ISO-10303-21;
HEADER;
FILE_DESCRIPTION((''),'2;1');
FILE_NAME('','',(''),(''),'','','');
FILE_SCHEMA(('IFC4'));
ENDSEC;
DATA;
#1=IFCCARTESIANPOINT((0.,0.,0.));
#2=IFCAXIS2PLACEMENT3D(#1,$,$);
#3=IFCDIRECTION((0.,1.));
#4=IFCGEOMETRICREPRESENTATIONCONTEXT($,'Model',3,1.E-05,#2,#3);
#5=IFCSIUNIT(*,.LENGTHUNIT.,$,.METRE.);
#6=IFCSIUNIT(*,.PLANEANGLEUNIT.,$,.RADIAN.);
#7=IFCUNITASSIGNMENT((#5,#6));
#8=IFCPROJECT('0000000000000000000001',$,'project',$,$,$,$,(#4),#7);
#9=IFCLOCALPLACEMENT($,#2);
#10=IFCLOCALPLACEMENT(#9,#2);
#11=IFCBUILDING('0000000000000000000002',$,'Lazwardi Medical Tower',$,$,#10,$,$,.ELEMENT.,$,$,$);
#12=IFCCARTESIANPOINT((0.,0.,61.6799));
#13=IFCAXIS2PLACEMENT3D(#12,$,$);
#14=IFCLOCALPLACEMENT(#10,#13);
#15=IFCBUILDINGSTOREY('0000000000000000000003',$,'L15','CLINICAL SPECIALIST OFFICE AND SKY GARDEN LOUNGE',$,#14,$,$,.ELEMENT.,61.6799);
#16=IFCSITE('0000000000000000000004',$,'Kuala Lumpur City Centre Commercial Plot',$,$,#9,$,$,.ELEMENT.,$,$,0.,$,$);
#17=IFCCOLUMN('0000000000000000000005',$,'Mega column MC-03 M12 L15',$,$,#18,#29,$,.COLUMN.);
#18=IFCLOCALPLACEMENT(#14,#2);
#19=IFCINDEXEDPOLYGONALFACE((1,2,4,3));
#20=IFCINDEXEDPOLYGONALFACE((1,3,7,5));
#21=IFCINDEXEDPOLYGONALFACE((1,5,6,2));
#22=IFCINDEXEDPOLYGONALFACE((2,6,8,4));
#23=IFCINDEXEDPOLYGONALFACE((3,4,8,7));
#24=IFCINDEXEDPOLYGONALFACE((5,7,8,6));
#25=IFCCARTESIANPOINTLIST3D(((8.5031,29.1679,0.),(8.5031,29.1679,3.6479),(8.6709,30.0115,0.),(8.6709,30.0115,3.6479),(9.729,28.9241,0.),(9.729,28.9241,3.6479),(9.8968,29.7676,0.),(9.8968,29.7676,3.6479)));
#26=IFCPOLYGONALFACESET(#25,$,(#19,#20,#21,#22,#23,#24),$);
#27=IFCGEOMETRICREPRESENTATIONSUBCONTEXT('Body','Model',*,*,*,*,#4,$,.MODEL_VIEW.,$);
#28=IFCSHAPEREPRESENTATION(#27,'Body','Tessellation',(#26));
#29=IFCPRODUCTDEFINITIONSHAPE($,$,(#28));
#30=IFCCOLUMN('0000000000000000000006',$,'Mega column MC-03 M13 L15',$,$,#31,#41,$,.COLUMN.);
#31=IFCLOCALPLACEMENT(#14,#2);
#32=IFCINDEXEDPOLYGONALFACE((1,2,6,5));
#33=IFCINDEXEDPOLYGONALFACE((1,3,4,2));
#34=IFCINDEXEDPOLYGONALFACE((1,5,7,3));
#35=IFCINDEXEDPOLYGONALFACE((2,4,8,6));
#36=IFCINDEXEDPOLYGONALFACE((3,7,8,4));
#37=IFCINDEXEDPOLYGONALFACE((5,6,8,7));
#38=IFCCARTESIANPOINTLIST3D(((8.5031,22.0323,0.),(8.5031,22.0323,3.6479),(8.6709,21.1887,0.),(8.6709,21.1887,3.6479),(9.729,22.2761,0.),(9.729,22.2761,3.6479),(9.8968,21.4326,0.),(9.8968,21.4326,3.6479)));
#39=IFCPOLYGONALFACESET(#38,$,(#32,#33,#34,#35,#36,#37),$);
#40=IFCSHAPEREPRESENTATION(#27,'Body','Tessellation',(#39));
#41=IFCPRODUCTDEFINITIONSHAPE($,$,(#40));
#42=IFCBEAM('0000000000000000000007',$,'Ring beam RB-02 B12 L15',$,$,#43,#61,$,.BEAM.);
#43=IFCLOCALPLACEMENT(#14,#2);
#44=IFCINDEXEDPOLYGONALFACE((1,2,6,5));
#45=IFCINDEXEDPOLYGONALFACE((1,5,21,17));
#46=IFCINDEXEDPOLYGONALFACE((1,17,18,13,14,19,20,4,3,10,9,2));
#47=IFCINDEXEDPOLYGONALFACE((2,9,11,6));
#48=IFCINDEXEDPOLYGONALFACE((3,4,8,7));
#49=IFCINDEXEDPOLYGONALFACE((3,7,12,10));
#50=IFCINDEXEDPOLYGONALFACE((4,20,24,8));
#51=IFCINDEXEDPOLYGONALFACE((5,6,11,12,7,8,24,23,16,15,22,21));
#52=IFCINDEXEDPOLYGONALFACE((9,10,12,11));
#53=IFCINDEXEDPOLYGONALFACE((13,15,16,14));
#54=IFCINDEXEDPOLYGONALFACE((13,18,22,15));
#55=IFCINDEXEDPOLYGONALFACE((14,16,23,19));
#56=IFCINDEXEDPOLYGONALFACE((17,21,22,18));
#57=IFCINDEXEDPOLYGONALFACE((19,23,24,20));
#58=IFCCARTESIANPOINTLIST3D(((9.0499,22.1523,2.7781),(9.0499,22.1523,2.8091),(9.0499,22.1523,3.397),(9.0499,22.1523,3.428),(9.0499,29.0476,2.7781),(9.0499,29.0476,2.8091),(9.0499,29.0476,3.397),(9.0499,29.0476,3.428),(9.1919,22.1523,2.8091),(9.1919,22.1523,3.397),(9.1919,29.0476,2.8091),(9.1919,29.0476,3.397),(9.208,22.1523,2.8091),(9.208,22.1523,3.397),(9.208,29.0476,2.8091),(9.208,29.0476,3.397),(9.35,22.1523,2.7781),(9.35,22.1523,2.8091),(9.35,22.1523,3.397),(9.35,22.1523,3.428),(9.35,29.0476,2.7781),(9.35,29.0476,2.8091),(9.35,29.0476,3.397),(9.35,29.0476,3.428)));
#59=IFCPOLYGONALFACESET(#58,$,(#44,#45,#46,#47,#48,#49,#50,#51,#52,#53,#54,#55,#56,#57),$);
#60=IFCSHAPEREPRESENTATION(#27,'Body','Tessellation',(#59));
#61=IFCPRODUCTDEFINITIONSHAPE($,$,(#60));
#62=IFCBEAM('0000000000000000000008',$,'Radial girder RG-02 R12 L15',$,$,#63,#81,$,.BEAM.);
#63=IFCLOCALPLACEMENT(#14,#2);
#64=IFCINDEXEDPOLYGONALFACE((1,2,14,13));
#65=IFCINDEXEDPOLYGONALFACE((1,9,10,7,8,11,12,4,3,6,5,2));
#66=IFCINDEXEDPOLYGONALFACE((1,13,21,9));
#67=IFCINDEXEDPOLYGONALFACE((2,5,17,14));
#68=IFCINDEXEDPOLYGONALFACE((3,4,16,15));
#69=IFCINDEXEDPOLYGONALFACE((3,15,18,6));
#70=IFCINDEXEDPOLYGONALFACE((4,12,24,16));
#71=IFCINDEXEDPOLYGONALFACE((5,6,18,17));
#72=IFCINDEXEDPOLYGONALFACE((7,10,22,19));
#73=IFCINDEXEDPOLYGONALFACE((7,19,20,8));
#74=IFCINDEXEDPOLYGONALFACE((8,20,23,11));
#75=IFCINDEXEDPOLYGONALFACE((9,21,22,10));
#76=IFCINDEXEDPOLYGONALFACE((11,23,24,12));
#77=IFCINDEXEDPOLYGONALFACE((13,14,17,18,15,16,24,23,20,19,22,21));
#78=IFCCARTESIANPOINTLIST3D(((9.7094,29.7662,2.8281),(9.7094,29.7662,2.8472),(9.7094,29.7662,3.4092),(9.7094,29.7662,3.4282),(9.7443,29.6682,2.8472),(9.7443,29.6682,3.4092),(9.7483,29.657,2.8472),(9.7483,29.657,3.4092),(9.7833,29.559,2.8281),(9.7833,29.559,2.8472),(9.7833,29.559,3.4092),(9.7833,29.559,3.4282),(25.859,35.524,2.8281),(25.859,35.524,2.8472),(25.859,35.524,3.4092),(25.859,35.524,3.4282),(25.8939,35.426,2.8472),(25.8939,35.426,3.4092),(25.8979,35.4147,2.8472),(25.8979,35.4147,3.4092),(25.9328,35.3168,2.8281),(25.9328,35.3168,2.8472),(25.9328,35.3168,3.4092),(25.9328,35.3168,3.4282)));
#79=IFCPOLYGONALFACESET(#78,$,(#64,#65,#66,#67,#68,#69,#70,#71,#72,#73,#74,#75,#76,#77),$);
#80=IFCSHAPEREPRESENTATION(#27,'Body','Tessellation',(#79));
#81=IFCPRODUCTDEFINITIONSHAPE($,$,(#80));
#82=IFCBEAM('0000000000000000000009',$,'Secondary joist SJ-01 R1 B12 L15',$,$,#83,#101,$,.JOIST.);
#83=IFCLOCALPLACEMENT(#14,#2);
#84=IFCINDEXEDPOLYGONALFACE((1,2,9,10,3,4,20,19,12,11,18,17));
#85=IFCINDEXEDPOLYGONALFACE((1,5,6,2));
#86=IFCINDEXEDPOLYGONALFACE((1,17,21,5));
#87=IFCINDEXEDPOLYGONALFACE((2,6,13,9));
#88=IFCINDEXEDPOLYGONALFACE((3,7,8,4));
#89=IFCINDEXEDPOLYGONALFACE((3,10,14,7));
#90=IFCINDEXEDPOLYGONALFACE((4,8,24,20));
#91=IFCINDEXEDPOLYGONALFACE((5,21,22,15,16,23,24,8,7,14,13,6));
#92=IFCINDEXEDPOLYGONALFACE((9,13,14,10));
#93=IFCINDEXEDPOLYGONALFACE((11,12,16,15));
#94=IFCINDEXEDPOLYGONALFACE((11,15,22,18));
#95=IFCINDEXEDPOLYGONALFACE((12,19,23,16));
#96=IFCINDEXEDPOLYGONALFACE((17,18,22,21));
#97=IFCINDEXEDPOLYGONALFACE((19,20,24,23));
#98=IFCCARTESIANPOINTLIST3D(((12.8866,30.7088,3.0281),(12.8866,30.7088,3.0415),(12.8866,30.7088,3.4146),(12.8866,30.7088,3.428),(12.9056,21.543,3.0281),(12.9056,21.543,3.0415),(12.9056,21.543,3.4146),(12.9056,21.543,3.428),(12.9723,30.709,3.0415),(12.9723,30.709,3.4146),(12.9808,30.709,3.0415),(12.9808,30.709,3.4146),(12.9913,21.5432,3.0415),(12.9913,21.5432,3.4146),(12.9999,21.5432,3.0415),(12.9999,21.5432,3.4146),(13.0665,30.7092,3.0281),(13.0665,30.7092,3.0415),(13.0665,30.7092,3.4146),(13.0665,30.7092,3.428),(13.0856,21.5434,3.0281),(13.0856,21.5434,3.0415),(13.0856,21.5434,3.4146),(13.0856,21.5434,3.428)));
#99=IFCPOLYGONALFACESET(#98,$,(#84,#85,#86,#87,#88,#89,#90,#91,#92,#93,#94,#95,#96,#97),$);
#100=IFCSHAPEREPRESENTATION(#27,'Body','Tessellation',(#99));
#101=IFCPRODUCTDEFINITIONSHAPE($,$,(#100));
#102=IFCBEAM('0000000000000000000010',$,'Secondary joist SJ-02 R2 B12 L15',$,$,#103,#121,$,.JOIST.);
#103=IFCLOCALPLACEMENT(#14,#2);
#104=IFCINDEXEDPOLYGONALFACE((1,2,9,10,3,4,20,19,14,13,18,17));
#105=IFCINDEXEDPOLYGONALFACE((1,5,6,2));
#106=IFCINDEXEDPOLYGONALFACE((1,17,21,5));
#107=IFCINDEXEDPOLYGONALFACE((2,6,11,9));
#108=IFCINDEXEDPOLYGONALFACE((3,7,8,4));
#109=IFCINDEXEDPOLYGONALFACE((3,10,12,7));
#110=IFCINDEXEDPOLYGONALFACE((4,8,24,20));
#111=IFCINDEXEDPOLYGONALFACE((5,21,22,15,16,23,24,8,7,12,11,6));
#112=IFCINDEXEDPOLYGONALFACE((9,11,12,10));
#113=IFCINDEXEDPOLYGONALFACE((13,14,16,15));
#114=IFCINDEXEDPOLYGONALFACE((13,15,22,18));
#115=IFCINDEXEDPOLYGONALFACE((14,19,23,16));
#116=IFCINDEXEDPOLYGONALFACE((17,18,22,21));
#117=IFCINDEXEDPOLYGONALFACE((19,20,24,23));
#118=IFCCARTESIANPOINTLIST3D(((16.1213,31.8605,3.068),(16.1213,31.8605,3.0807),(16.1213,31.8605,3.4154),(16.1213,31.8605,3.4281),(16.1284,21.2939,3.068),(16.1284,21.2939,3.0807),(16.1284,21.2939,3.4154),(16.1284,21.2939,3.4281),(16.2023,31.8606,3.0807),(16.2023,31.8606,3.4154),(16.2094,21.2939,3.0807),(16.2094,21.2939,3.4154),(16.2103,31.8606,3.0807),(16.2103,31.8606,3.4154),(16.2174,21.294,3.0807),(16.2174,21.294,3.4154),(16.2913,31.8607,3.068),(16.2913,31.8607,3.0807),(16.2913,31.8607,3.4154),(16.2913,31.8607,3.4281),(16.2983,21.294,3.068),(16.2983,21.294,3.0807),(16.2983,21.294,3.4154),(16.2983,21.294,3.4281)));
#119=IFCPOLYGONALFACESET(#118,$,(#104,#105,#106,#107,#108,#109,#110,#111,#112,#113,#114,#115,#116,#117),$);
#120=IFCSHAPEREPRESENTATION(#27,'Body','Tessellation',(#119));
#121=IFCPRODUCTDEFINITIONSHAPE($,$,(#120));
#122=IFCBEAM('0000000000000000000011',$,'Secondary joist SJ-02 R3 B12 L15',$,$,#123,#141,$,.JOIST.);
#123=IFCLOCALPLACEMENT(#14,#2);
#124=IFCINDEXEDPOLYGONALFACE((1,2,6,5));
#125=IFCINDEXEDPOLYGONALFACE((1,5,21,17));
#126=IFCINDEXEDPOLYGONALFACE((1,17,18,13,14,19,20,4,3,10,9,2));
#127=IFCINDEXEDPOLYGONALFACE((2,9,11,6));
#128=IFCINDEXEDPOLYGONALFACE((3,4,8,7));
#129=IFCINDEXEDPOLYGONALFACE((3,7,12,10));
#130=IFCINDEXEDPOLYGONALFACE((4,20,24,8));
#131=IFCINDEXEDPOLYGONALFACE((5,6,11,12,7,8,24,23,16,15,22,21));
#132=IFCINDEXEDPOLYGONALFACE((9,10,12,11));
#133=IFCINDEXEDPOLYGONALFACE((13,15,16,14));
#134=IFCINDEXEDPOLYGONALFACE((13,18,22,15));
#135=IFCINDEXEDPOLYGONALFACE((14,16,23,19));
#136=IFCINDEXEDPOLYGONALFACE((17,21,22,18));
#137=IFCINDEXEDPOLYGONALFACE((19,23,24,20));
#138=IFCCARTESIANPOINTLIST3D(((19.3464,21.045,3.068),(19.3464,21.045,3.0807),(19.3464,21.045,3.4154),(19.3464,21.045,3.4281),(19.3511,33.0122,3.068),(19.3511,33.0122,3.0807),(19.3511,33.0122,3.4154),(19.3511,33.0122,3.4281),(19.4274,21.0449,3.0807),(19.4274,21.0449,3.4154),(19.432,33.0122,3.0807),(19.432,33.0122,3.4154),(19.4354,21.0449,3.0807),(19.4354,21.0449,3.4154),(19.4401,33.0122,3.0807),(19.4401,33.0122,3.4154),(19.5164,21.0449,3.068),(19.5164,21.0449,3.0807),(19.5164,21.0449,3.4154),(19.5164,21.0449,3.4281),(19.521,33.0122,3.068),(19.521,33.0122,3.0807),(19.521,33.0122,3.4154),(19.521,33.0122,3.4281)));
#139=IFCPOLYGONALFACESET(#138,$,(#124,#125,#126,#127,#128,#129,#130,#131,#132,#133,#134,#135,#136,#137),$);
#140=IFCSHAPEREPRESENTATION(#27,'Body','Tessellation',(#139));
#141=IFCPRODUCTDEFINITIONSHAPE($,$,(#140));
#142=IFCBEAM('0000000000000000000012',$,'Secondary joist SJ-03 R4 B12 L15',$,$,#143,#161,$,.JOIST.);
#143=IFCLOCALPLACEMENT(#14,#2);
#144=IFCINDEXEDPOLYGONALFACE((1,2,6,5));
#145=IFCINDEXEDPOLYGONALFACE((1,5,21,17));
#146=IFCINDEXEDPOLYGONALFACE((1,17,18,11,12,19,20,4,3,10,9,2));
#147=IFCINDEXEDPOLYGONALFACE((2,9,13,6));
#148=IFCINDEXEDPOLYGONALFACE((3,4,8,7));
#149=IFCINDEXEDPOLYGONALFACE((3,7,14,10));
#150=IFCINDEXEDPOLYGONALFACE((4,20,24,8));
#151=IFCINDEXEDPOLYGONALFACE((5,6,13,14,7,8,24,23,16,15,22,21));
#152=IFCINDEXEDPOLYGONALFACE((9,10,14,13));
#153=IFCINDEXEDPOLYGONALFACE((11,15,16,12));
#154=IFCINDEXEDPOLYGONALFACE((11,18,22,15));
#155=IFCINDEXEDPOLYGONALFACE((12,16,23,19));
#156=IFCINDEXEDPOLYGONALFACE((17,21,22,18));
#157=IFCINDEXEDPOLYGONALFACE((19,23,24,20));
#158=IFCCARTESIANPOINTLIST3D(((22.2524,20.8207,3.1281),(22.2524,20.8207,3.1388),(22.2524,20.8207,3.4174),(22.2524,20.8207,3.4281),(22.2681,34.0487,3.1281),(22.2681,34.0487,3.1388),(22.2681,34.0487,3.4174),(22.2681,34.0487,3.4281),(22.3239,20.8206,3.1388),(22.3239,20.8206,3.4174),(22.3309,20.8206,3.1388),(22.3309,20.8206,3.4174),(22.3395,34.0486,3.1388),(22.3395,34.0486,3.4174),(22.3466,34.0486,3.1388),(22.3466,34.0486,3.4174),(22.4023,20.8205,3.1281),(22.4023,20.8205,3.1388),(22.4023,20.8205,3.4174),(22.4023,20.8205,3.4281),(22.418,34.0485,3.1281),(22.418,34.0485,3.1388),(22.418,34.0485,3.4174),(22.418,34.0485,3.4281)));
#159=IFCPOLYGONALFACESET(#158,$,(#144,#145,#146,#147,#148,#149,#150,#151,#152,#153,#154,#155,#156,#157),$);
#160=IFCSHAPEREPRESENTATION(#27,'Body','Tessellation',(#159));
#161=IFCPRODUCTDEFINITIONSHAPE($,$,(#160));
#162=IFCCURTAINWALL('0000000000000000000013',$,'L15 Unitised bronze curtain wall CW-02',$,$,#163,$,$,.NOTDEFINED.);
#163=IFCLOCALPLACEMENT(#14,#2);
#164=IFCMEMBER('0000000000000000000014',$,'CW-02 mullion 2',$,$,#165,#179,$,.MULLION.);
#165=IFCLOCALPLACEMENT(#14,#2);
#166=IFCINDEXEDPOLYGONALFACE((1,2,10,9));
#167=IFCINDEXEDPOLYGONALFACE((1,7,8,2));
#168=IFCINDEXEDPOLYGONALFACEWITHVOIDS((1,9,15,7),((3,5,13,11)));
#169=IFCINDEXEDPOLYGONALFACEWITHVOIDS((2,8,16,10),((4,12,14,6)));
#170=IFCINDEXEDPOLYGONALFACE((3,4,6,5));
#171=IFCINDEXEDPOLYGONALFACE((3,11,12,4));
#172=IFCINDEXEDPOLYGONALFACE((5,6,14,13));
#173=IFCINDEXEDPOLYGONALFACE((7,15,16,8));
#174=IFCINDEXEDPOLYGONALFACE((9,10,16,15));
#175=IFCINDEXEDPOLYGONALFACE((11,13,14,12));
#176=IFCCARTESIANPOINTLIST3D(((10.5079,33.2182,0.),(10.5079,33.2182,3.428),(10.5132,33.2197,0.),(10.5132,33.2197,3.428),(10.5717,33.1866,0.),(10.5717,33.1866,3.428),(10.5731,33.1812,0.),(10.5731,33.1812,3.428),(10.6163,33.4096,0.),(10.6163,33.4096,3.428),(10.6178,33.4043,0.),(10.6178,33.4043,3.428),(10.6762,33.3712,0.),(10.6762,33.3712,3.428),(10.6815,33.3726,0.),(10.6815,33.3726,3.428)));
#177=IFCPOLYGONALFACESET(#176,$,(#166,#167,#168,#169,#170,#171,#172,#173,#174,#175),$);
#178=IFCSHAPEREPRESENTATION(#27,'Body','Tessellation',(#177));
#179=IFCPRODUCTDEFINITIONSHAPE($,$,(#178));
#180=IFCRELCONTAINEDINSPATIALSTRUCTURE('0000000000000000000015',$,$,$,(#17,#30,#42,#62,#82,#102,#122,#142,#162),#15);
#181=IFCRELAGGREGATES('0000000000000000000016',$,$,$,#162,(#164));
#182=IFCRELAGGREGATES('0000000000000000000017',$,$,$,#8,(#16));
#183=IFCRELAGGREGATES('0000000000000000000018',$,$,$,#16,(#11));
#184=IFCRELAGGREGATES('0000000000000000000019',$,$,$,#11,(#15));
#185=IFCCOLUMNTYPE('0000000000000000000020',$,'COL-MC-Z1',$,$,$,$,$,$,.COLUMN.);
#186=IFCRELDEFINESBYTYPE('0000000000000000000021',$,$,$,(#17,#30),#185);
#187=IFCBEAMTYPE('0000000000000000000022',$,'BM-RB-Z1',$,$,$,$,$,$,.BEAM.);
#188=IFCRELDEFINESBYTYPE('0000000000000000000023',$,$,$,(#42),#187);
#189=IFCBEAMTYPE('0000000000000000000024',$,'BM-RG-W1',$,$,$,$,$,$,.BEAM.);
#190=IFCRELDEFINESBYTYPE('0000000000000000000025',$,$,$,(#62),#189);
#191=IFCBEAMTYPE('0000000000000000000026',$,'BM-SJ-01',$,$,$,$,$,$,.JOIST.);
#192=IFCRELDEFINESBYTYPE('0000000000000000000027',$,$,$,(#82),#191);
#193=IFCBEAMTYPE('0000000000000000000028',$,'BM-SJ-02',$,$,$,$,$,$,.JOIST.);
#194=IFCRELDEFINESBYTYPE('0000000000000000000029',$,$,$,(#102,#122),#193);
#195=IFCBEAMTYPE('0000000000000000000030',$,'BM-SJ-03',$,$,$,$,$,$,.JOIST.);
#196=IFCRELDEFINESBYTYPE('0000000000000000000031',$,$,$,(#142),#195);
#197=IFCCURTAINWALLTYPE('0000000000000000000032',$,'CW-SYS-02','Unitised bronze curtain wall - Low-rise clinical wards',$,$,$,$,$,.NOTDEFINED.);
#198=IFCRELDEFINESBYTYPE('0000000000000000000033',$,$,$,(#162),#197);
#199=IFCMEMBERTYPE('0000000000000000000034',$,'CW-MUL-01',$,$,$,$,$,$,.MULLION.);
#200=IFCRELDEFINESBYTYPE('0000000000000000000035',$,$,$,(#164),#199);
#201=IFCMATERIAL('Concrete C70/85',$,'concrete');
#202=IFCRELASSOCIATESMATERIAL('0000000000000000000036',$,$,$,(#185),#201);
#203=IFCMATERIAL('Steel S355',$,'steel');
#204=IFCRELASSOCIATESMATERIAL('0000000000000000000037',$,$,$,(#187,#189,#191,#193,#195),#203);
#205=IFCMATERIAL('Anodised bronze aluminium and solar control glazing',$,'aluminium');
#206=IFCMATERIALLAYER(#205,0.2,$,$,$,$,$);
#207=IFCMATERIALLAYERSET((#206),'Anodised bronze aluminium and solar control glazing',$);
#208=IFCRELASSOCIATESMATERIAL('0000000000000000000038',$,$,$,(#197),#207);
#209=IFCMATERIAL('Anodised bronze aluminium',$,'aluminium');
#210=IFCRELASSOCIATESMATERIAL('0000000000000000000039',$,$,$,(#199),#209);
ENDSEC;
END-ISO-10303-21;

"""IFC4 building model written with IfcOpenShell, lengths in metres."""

from ifc_helpers import new_model, si_unit, direction, frame, origin, origin_2d, place, context, subcontext, project, spatial, rectangle, hollow_rectangle, i_section, extrude, material, layer, layer_set, material_profile, profile_set, type_object, element, aggregate, save


model = new_model("IFC4")

# Units and contexts
model_context = context("Model", 3, precision=1e-05, world=origin(), true_north=direction((0.0, 1.0)))
body_context = subcontext(model_context, "Body", "Model", "MODEL_VIEW")
ifc_project = project(units=[si_unit("LENGTHUNIT", "METRE"), si_unit("PLANEANGLEUNIT", "RADIAN")], contexts=[model_context])

# Site, building, storey
site_placement = place(None, origin())
site = spatial("IfcSite", under=ifc_project, at=site_placement, Name="Kuala Lumpur City Centre Commercial Plot", CompositionType="ELEMENT", RefElevation=0.0)
building_placement = place(site_placement, origin())
building = spatial("IfcBuilding", under=site, at=building_placement, Name="Lazwardi Medical Tower", CompositionType="ELEMENT")
storey_placement = place(building_placement, frame((0.0, 0.0, 61.6799)))
storey = spatial("IfcBuildingStorey", under=building, at=storey_placement, Name="L15", Description="CLINICAL SPECIALIST OFFICE AND SKY GARDEN LOUNGE", CompositionType="ELEMENT", Elevation=61.6799)

# Columns
ifc_material_1 = material(Name="Concrete C70/85", Category="concrete")
ifc_material_profile_1 = material_profile(ifc_material_1, rectangle(XDim=1.25, YDim=0.8601, at=origin_2d()), Name="CFT-RECT 1250x860")
ifc_profile_set_1 = profile_set([ifc_material_profile_1], Name="Concrete C70/85")
column_type = type_object("IfcColumnType", Name="COL-MC-Z1", PredefinedType="COLUMN", material=ifc_profile_set_1)
for number, where, z_axis, x_axis, name in (
    (1, (9.2, 29.4678, 0.0), (0.0, 0.0, 1.0), (-0.980785, 0.19509, 0.0), "Mega column MC-03 M12 L15"),
    (2, (9.2, 21.7324, 0.0), (0.0, 0.0, 1.0), (-0.980785, -0.19509, 0.0), "Mega column MC-03 M13 L15"),
):
    element("IfcColumn", number, at=place(storey_placement, frame(where, z_axis=z_axis, x_axis=x_axis)), inside=storey, type_object=column_type, Name=name, PredefinedType="COLUMN", context=body_context, shape_type="SweptSolid", body=[
        extrude(rectangle(XDim=1.25, YDim=0.8601, at=origin_2d()), origin(), (0.0, 0.0, 1.0), 3.6479),
    ])

# Beams
ifc_material_2 = material(Name="Steel S355", Category="steel")
ifc_material_profile_2 = material_profile(ifc_material_2, i_section(OverallWidth=0.3, OverallDepth=0.6499, WebThickness=0.0161, FlangeThickness=0.031, at=origin_2d()), Name="HEB 650")
ifc_profile_set_2 = profile_set([ifc_material_profile_2], Name="Steel S355")
beam_type_1 = type_object("IfcBeamType", Name="BM-RB-Z1", PredefinedType="BEAM", material=ifc_profile_set_2)
beam_1_placement = place(storey_placement, frame((9.2, 29.0476, 3.103), z_axis=(0.0, -1.0, 0.0), x_axis=(1.0, 0.0, 0.0)))
element("IfcBeam", 3, at=beam_1_placement, inside=storey, type_object=beam_type_1, Name="Ring beam RB-02 B12 L15", PredefinedType="BEAM", context=body_context, shape_type="SweptSolid", body=[
    extrude(i_section(OverallWidth=0.3, OverallDepth=0.6499, WebThickness=0.0161, FlangeThickness=0.031, at=origin_2d()), origin(), (0.0, 0.0, 1.0), 6.8953),
])
ifc_material_profile_3 = material_profile(ifc_material_2, i_section(OverallWidth=0.22, OverallDepth=0.6001, WebThickness=0.012, FlangeThickness=0.019, at=origin_2d()), Name="IPE 600")
ifc_profile_set_3 = profile_set([ifc_material_profile_3], Name="Steel S355")
beam_type_2 = type_object("IfcBeamType", Name="BM-RG-W1", PredefinedType="BEAM", material=ifc_profile_set_3)
beam_2_placement = place(storey_placement, frame((9.7463, 29.6626, 3.1282), z_axis=(0.941925, 0.335823, 0.0), x_axis=(-0.335823, 0.941925, 0.0)))
element("IfcBeam", 4, at=beam_2_placement, inside=storey, type_object=beam_type_2, Name="Radial girder RG-02 R12 L15", PredefinedType="BEAM", context=body_context, shape_type="SweptSolid", body=[
    extrude(i_section(OverallWidth=0.22, OverallDepth=0.6001, WebThickness=0.012, FlangeThickness=0.019, at=origin_2d()), origin(), (0.0, 0.0, 1.0), 17.1453),
])
ifc_material_profile_4 = material_profile(ifc_material_2, i_section(OverallWidth=0.1799, OverallDepth=0.3999, WebThickness=0.0085, FlangeThickness=0.0134, at=origin_2d()), Name="IPE 400")
ifc_profile_set_4 = profile_set([ifc_material_profile_4], Name="Steel S355")
beam_type_3 = type_object("IfcBeamType", Name="BM-SJ-01", PredefinedType="JOIST", material=ifc_profile_set_4)
beam_3_placement = place(storey_placement, frame((12.9766, 30.709, 3.228), z_axis=(0.002078, -0.999998, 0.0), x_axis=(0.999998, 0.002078, 0.0)))
element("IfcBeam", 5, at=beam_3_placement, inside=storey, type_object=beam_type_3, Name="Secondary joist SJ-01 R1 B12 L15", PredefinedType="JOIST", context=body_context, shape_type="SweptSolid", body=[
    extrude(i_section(OverallWidth=0.1799, OverallDepth=0.3999, WebThickness=0.0085, FlangeThickness=0.0134, at=origin_2d()), origin(), (0.0, 0.0, 1.0), 9.1658),
])
ifc_material_profile_5 = material_profile(ifc_material_2, i_section(OverallWidth=0.1699, OverallDepth=0.3601, WebThickness=0.0081, FlangeThickness=0.0127, at=origin_2d()), Name="IPE 360")
ifc_profile_set_5 = profile_set([ifc_material_profile_5], Name="Steel S355")
beam_type_4 = type_object("IfcBeamType", Name="BM-SJ-02", PredefinedType="JOIST", material=ifc_profile_set_5)
beam_4_placement = place(storey_placement, frame((16.2063, 31.8606, 3.248), z_axis=(0.00067, -1.0, 0.0), x_axis=(1.0, 0.00067, 0.0)))
element("IfcBeam", 6, at=beam_4_placement, inside=storey, type_object=beam_type_4, Name="Secondary joist SJ-02 R2 B12 L15", PredefinedType="JOIST", context=body_context, shape_type="SweptSolid", body=[
    extrude(i_section(OverallWidth=0.1699, OverallDepth=0.3601, WebThickness=0.0081, FlangeThickness=0.0127, at=origin_2d()), origin(), (0.0, 0.0, 1.0), 10.5667),
])
beam_5_placement = place(storey_placement, frame((19.436, 33.0122, 3.248), z_axis=(-0.000388, -1.0, 0.0), x_axis=(1.0, -0.000388, 0.0)))
element("IfcBeam", 7, at=beam_5_placement, inside=storey, type_object=beam_type_4, Name="Secondary joist SJ-02 R3 B12 L15", PredefinedType="JOIST", context=body_context, shape_type="SweptSolid", body=[
    extrude(i_section(OverallWidth=0.1699, OverallDepth=0.3601, WebThickness=0.0081, FlangeThickness=0.0127, at=origin_2d()), origin(), (0.0, 0.0, 1.0), 11.9673),
])
ifc_material_profile_6 = material_profile(ifc_material_2, i_section(OverallWidth=0.1499, OverallDepth=0.3, WebThickness=0.0071, FlangeThickness=0.0107, at=origin_2d()), Name="IPE 300")
ifc_profile_set_6 = profile_set([ifc_material_profile_6], Name="Steel S355")
beam_type_5 = type_object("IfcBeamType", Name="BM-SJ-03", PredefinedType="JOIST", material=ifc_profile_set_6)
beam_6_placement = place(storey_placement, frame((22.343, 34.0486, 3.2781), z_axis=(-0.001181, -0.999999, 0.0), x_axis=(0.999999, -0.001181, 0.0)))
element("IfcBeam", 8, at=beam_6_placement, inside=storey, type_object=beam_type_5, Name="Secondary joist SJ-03 R4 B12 L15", PredefinedType="JOIST", context=body_context, shape_type="SweptSolid", body=[
    extrude(i_section(OverallWidth=0.1499, OverallDepth=0.3, WebThickness=0.0071, FlangeThickness=0.0107, at=origin_2d()), origin(), (0.0, 0.0, 1.0), 13.228),
])

# Curtain wall, member
ifc_material_3 = material(Name="Anodised bronze aluminium and solar control glazing", Category="aluminium")
ifc_layer_1 = layer(ifc_material_3, 0.2)
ifc_layer_set_1 = layer_set([ifc_layer_1], Name="Anodised bronze aluminium and solar control glazing")
curtain_wall_type = type_object("IfcCurtainWallType", Name="CW-SYS-02", Description="Unitised bronze curtain wall - Low-rise clinical wards", PredefinedType="NOTDEFINED", material=ifc_layer_set_1)
curtain_wall_1_placement = place(storey_placement, origin())
curtain_wall_1 = element("IfcCurtainWall", 9, at=curtain_wall_1_placement, inside=storey, type_object=curtain_wall_type, Name="L15 Unitised bronze curtain wall CW-02", PredefinedType="NOTDEFINED")
ifc_material_4 = material(Name="Anodised bronze aluminium", Category="aluminium")
ifc_material_profile_7 = material_profile(ifc_material_4, hollow_rectangle(XDim=0.075, YDim=0.22, WallThickness=0.0039, at=origin_2d()), Name="ALU-MULLION 220x75x4")
ifc_profile_set_7 = profile_set([ifc_material_profile_7], Name="Anodised bronze aluminium")
member_type_1 = type_object("IfcMemberType", Name="CW-MUL-01", PredefinedType="MULLION", material=ifc_profile_set_7)
member_1_placement = place(storey_placement, frame((10.5947, 33.2954, 0.0), z_axis=(0.0, 0.0, 1.0), x_axis=(0.870112, -0.492854, 0.0)))
member_1 = element("IfcMember", 10, at=member_1_placement, type_object=member_type_1, Name="CW-02 mullion 2", PredefinedType="MULLION", context=body_context, shape_type="SweptSolid", body=[
    extrude(hollow_rectangle(XDim=0.075, YDim=0.22, WallThickness=0.0039, at=origin_2d()), origin(), (0.0, 0.0, 1.0), 3.428),
])

aggregate(curtain_wall_1, [member_1])

save(model, "model.ifc")
